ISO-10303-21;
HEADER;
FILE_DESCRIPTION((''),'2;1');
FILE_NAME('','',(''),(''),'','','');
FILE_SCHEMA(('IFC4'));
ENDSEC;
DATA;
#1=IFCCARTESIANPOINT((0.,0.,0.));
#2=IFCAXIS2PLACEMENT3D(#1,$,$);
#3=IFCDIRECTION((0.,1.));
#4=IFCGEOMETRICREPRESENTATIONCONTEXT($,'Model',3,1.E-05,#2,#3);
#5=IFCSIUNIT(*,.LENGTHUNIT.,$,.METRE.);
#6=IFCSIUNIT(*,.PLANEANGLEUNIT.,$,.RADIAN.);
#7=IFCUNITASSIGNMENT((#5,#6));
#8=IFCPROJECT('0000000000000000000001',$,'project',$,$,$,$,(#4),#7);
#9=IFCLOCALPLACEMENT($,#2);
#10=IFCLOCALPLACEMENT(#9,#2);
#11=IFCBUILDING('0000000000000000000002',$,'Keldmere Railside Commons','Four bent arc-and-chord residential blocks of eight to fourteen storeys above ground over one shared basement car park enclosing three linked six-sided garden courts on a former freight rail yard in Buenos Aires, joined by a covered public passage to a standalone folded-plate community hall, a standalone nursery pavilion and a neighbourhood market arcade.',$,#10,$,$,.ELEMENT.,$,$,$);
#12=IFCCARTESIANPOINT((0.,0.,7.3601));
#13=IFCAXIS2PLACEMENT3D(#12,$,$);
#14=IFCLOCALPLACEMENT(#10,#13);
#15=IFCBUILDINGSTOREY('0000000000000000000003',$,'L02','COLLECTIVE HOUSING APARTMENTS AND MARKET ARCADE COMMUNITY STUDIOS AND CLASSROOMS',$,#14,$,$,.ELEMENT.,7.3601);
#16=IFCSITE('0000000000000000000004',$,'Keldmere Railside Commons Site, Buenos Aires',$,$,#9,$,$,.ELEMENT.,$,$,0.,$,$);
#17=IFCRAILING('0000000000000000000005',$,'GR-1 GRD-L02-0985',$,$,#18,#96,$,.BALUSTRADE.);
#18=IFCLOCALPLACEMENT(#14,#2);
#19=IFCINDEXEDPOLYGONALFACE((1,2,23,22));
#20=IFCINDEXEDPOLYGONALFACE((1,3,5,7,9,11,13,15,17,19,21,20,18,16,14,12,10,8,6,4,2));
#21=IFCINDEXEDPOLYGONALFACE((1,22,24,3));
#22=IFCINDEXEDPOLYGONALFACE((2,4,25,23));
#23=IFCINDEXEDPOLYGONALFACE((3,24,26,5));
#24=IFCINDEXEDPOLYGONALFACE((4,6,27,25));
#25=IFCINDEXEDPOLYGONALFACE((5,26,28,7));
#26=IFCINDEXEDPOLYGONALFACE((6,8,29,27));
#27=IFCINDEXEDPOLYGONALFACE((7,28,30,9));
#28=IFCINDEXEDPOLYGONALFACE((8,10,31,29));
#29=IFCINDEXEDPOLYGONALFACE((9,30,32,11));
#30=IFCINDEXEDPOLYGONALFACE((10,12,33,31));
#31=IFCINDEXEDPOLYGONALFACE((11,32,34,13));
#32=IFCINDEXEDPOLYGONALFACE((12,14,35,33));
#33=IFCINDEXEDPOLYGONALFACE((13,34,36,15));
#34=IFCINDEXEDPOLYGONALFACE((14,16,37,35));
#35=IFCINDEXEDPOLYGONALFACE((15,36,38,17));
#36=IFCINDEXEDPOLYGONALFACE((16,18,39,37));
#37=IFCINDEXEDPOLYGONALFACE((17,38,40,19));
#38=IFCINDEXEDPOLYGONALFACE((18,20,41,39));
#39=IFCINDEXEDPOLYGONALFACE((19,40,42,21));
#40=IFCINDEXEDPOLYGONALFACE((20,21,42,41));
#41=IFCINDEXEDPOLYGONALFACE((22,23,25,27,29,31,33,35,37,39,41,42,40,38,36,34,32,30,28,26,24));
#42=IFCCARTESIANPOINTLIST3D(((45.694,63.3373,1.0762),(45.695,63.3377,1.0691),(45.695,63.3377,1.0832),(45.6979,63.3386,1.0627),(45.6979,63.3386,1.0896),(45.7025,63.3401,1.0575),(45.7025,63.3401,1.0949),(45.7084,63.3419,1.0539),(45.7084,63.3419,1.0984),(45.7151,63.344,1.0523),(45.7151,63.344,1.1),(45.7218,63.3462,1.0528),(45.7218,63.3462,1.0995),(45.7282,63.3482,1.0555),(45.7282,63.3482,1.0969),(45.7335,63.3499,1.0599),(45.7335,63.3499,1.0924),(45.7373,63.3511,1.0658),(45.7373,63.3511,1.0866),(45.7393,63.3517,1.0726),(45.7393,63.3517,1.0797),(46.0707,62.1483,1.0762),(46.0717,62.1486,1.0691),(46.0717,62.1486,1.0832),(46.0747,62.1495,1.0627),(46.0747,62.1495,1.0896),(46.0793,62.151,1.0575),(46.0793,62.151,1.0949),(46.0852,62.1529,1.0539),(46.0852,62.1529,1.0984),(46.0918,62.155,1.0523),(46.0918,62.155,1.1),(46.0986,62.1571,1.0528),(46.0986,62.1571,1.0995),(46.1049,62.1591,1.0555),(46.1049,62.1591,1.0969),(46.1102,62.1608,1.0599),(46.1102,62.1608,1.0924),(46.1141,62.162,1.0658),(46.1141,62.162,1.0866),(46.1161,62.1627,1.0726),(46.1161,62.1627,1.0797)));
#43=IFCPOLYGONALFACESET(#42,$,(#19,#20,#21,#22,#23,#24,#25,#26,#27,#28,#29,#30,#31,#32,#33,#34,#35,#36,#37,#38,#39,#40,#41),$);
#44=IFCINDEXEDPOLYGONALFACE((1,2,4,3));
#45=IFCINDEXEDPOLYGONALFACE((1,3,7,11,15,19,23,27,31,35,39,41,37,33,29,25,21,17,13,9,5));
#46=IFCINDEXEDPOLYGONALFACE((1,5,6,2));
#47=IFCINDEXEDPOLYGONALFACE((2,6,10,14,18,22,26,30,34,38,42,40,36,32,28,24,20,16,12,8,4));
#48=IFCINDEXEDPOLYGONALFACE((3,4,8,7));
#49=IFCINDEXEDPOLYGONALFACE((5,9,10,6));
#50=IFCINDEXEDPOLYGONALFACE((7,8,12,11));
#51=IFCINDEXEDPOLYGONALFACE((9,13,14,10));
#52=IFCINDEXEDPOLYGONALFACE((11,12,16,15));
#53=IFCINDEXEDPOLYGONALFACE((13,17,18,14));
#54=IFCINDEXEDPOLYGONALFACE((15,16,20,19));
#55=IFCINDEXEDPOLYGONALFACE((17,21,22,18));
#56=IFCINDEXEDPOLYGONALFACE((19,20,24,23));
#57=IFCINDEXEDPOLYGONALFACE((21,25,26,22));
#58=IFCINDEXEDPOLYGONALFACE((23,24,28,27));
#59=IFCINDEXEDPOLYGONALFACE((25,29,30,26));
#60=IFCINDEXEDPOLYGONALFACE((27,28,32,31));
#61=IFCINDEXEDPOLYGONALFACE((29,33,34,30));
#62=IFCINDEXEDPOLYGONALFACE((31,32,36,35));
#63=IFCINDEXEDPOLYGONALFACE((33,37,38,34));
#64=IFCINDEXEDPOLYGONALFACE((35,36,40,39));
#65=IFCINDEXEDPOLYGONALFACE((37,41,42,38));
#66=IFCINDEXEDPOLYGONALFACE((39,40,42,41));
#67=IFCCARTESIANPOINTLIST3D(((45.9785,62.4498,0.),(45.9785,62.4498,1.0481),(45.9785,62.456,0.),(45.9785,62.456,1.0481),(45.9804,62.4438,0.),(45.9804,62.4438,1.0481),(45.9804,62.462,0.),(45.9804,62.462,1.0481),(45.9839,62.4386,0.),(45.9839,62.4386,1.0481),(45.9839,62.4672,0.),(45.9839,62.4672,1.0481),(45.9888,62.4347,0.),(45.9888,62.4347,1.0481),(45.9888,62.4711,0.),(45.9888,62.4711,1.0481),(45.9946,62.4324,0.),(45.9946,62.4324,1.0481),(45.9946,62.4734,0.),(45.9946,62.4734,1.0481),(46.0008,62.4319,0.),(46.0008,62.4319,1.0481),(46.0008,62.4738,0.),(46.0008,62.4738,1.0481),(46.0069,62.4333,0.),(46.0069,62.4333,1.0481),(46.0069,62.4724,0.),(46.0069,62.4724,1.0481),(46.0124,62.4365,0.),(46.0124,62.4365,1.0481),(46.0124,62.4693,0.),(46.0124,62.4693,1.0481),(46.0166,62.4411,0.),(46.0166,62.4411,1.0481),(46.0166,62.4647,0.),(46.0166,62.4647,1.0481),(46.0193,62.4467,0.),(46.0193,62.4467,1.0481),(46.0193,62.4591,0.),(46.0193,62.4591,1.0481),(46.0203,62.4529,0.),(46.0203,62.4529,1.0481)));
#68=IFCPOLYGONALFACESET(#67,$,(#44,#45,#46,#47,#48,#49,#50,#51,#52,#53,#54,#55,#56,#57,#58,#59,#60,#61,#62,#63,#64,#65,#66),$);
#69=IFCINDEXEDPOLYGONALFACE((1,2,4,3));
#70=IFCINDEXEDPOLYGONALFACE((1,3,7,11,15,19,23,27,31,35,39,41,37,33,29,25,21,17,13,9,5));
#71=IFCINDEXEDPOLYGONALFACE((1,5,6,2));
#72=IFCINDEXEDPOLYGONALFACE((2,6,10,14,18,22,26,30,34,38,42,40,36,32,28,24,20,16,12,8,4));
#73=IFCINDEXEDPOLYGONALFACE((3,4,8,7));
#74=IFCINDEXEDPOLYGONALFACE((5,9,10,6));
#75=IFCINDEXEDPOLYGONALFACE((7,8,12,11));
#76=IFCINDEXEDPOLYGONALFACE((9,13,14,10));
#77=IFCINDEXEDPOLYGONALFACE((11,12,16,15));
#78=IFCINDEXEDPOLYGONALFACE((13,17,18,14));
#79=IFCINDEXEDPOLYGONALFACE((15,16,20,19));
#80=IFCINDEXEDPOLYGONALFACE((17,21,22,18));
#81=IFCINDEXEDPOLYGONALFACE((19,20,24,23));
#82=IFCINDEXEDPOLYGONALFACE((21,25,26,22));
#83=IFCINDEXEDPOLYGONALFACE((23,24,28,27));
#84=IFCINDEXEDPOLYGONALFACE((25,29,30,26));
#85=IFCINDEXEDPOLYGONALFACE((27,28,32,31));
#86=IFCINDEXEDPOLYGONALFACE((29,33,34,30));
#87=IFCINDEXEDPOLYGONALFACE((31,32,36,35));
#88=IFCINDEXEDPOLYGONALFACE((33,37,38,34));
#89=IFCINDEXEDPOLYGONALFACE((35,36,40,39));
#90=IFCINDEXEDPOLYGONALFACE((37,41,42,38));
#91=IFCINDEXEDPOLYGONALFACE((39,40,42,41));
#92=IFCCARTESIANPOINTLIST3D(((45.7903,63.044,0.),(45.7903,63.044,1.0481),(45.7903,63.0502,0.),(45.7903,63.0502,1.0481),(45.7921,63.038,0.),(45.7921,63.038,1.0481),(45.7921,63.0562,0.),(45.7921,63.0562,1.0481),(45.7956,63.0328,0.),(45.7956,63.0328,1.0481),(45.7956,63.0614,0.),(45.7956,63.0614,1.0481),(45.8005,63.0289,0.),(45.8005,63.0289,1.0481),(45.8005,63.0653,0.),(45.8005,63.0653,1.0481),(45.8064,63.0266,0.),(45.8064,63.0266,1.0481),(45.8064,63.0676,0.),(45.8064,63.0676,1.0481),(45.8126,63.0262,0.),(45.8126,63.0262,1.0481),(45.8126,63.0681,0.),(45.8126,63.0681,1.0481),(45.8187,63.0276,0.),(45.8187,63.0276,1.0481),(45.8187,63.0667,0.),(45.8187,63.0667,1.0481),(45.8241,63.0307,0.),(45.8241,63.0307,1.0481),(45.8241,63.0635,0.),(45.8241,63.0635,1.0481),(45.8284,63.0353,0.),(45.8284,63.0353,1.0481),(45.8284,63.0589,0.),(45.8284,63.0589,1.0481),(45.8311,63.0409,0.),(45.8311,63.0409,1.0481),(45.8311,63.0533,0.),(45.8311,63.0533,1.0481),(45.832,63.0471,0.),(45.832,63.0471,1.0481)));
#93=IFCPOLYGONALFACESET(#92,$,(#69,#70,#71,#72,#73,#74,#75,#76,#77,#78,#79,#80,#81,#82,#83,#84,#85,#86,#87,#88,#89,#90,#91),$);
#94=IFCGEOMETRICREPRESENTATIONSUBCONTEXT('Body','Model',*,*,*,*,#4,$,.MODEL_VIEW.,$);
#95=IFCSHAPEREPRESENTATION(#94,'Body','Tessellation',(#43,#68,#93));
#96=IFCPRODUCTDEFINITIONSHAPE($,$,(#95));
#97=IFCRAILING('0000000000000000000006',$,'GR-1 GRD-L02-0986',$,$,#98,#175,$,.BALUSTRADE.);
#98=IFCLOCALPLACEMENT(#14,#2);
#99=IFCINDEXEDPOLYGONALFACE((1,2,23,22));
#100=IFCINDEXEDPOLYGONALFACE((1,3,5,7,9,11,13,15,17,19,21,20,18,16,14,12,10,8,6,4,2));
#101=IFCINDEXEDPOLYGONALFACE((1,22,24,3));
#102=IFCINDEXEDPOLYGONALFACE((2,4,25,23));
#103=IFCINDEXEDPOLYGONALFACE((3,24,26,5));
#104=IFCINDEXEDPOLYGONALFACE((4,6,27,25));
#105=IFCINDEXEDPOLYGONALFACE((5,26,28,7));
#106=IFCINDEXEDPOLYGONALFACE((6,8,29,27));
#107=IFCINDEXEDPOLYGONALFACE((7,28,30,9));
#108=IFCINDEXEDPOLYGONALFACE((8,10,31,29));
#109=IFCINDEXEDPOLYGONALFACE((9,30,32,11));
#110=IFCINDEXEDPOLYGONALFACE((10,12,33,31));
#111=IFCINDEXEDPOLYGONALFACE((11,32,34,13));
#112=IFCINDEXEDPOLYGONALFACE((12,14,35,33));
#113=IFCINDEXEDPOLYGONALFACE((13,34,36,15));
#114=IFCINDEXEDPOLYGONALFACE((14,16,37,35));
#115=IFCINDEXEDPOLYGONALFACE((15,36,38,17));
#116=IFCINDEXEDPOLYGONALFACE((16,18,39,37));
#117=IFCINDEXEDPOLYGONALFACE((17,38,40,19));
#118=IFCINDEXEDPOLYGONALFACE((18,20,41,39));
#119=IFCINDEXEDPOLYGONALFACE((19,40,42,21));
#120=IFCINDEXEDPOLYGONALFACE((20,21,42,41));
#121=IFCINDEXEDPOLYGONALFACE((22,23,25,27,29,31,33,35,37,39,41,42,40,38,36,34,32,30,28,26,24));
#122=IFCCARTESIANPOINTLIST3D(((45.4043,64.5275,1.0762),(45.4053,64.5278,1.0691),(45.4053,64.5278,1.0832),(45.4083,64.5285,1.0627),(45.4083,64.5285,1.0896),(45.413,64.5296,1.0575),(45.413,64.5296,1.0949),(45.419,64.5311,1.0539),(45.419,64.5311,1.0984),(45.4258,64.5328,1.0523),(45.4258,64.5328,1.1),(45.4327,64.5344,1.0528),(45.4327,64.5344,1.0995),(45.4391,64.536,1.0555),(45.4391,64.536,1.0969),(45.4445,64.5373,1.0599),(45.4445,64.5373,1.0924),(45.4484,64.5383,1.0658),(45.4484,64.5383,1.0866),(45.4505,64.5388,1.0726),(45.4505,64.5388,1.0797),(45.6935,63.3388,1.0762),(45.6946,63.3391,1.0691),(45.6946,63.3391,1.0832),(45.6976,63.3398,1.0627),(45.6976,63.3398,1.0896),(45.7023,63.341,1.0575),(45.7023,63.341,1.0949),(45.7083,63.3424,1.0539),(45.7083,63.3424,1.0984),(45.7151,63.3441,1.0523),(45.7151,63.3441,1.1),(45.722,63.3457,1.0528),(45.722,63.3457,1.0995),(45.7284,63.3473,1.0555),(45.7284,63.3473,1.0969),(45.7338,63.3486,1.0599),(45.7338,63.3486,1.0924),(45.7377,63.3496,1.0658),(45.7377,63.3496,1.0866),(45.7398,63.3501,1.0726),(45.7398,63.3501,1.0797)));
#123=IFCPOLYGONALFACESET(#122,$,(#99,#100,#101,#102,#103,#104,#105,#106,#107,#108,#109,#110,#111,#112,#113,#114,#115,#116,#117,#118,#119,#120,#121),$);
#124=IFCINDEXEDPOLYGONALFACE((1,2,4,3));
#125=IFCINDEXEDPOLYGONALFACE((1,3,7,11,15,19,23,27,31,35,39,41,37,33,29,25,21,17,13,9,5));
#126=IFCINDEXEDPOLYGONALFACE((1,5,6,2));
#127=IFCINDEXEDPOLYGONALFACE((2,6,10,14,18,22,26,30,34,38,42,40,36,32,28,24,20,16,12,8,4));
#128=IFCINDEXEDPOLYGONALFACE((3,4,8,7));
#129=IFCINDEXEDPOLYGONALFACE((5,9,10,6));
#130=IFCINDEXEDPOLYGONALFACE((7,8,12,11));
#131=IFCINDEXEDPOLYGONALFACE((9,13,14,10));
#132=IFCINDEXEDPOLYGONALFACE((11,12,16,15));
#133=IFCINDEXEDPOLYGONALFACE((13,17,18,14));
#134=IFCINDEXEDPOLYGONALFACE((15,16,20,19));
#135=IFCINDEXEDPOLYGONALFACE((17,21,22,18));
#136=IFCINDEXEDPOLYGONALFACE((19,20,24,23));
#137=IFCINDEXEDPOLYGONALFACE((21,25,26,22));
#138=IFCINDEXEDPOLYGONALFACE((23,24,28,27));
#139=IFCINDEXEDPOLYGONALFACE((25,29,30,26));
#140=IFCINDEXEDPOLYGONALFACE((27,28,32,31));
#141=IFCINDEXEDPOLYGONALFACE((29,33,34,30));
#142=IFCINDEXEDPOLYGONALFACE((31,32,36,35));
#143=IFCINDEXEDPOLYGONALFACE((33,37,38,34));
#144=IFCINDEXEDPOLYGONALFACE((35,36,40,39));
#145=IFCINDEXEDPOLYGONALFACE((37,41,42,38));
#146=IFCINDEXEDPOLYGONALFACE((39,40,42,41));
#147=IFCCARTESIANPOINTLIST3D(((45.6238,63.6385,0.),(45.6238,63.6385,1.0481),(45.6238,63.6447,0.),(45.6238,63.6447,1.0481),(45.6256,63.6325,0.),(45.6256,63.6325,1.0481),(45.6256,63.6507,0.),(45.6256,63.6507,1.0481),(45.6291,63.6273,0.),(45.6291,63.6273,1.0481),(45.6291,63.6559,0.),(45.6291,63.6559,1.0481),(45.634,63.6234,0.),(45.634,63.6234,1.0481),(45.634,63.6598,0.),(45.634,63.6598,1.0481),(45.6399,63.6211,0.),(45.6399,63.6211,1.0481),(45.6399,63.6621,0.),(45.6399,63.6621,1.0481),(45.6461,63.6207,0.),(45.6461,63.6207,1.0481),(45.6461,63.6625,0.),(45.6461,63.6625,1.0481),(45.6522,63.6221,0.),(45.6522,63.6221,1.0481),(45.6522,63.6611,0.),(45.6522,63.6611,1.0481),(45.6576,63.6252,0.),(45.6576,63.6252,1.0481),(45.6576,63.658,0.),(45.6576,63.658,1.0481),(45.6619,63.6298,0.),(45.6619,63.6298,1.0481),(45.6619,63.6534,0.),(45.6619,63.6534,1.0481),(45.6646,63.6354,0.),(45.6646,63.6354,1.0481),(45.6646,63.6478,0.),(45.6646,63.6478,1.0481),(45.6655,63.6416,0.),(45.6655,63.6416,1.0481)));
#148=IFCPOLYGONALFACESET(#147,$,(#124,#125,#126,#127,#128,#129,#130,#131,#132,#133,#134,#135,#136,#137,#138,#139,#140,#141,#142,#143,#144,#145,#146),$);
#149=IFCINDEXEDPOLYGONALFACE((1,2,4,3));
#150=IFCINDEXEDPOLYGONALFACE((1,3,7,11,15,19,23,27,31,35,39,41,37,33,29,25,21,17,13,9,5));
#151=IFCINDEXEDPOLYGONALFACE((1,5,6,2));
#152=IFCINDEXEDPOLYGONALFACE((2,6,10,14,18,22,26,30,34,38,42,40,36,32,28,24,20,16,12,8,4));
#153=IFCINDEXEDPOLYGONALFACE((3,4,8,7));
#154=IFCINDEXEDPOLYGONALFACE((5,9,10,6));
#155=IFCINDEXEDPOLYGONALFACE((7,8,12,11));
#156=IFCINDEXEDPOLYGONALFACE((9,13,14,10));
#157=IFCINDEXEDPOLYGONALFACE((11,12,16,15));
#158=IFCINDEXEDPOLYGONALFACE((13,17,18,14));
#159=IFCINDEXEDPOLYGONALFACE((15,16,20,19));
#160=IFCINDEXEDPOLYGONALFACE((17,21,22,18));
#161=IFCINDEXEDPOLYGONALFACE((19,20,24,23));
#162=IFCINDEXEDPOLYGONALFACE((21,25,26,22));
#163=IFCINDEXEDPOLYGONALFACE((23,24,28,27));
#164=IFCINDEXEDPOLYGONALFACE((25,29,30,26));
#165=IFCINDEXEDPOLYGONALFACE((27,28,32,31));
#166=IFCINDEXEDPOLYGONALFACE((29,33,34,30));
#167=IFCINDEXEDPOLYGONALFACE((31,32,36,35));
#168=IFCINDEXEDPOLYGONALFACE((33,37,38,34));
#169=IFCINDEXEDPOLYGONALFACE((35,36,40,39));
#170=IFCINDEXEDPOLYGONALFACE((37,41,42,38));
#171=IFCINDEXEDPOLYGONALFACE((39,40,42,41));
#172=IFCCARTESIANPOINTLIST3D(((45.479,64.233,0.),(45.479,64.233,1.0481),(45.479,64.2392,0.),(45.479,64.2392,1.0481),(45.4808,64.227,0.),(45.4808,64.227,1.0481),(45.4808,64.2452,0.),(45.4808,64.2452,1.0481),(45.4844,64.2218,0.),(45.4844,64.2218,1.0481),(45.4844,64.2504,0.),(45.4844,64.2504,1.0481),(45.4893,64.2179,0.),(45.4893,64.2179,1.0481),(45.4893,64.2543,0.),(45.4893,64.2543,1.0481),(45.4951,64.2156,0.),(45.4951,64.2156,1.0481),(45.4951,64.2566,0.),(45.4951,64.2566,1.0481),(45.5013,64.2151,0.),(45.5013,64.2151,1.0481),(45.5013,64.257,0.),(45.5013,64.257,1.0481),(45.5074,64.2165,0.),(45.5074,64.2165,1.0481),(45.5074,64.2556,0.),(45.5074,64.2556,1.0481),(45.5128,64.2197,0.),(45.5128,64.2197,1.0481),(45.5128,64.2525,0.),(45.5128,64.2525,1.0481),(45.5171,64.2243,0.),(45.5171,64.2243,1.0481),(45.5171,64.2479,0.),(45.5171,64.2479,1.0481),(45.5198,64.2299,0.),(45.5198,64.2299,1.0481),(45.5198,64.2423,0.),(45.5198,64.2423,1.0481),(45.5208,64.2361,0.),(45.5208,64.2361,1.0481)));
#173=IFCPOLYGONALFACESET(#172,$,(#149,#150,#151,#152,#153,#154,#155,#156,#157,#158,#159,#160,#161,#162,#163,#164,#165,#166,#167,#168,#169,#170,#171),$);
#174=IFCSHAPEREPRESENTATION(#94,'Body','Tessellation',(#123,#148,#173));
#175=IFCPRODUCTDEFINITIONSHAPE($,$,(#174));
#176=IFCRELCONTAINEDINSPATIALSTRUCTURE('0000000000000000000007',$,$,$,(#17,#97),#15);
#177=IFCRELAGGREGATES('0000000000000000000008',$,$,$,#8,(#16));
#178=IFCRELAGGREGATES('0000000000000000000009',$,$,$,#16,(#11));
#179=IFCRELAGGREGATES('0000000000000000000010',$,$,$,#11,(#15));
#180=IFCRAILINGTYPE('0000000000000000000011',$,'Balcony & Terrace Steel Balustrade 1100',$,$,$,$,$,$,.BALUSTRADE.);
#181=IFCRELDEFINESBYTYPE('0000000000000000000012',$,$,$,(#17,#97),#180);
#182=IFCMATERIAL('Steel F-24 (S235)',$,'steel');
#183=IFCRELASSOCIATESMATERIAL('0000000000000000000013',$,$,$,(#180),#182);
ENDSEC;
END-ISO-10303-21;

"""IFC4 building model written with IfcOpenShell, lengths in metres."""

from ifc_helpers import new_model, si_unit, direction, frame, origin, origin_2d, place, context, subcontext, project, spatial, circle, extrude, material, type_object, element, save


model = new_model("IFC4")

# Units and contexts
model_context = context("Model", 3, precision=1e-05, world=origin(), true_north=direction((0.0, 1.0)))
body_context = subcontext(model_context, "Body", "Model", "MODEL_VIEW")
ifc_project = project(units=[si_unit("LENGTHUNIT", "METRE"), si_unit("PLANEANGLEUNIT", "RADIAN")], contexts=[model_context])

# Site, building, storey
site_placement = place(None, origin())
site = spatial("IfcSite", under=ifc_project, at=site_placement, Name="Keldmere Railside Commons Site, Buenos Aires", CompositionType="ELEMENT", RefElevation=0.0)
building_placement = place(site_placement, origin())
building = spatial("IfcBuilding", under=site, at=building_placement, Name="Keldmere Railside Commons", Description="Four bent arc-and-chord residential blocks of eight to fourteen storeys above ground over one shared basement car park enclosing three linked six-sided garden courts on a former freight rail yard in Buenos Aires, joined by a covered public passage to a standalone folded-plate community hall, a standalone nursery pavilion and a neighbourhood market arcade.", CompositionType="ELEMENT")
storey_placement = place(building_placement, frame((0.0, 0.0, 7.3601)))
storey = spatial("IfcBuildingStorey", under=building, at=storey_placement, Name="L02", Description="COLLECTIVE HOUSING APARTMENTS AND MARKET ARCADE COMMUNITY STUDIOS AND CLASSROOMS", CompositionType="ELEMENT", Elevation=7.3601)

# Railings
ifc_material_1 = material(Name="Steel F-24 (S235)", Category="steel")
railing_type = type_object("IfcRailingType", Name="Balcony & Terrace Steel Balustrade 1100", PredefinedType="BALUSTRADE", material=ifc_material_1)
railing_1_placement = place(storey_placement, frame((46.0935, 62.1555, 0.0)))
element("IfcRailing", 1, at=railing_1_placement, inside=storey, type_object=railing_type, Name="GR-1 GRD-L02-0985", PredefinedType="BALUSTRADE", context=body_context, shape_type="SweptSolid", body=[
    extrude(circle(Radius=0.0239, at=origin_2d()), frame((0.0, 0.0, 1.0762), z_axis=(-0.30204, 0.953295, 0.0), x_axis=(-0.953295, -0.30204, 0.0)), (0.0, 0.0, 1.0), 1.2473),
    extrude(circle(Radius=0.021, at=origin_2d()), frame((-0.0942, 0.2974, 0.0)), (0.0, 0.0, 1.0), 1.0481),
    extrude(circle(Radius=0.021, at=origin_2d()), frame((-0.2825, 0.8916, 0.0)), (0.0, 0.0, 1.0), 1.0481),
])
railing_2_placement = place(storey_placement, frame((45.7168, 63.3445, 0.0)))
element("IfcRailing", 2, at=railing_2_placement, inside=storey, type_object=railing_type, Name="GR-1 GRD-L02-0986", PredefinedType="BALUSTRADE", context=body_context, shape_type="SweptSolid", body=[
    extrude(circle(Radius=0.0239, at=origin_2d()), frame((0.0, 0.0, 1.0762), z_axis=(-0.236474, 0.971638, 0.0), x_axis=(-0.971638, -0.236474, 0.0)), (0.0, 0.0, 1.0), 1.2234),
    extrude(circle(Radius=0.021, at=origin_2d()), frame((-0.0723, 0.2971, 0.0)), (0.0, 0.0, 1.0), 1.0481),
    extrude(circle(Radius=0.021, at=origin_2d()), frame((-0.217, 0.8916, 0.0)), (0.0, 0.0, 1.0), 1.0481),
])

save(model, "model.ifc")
